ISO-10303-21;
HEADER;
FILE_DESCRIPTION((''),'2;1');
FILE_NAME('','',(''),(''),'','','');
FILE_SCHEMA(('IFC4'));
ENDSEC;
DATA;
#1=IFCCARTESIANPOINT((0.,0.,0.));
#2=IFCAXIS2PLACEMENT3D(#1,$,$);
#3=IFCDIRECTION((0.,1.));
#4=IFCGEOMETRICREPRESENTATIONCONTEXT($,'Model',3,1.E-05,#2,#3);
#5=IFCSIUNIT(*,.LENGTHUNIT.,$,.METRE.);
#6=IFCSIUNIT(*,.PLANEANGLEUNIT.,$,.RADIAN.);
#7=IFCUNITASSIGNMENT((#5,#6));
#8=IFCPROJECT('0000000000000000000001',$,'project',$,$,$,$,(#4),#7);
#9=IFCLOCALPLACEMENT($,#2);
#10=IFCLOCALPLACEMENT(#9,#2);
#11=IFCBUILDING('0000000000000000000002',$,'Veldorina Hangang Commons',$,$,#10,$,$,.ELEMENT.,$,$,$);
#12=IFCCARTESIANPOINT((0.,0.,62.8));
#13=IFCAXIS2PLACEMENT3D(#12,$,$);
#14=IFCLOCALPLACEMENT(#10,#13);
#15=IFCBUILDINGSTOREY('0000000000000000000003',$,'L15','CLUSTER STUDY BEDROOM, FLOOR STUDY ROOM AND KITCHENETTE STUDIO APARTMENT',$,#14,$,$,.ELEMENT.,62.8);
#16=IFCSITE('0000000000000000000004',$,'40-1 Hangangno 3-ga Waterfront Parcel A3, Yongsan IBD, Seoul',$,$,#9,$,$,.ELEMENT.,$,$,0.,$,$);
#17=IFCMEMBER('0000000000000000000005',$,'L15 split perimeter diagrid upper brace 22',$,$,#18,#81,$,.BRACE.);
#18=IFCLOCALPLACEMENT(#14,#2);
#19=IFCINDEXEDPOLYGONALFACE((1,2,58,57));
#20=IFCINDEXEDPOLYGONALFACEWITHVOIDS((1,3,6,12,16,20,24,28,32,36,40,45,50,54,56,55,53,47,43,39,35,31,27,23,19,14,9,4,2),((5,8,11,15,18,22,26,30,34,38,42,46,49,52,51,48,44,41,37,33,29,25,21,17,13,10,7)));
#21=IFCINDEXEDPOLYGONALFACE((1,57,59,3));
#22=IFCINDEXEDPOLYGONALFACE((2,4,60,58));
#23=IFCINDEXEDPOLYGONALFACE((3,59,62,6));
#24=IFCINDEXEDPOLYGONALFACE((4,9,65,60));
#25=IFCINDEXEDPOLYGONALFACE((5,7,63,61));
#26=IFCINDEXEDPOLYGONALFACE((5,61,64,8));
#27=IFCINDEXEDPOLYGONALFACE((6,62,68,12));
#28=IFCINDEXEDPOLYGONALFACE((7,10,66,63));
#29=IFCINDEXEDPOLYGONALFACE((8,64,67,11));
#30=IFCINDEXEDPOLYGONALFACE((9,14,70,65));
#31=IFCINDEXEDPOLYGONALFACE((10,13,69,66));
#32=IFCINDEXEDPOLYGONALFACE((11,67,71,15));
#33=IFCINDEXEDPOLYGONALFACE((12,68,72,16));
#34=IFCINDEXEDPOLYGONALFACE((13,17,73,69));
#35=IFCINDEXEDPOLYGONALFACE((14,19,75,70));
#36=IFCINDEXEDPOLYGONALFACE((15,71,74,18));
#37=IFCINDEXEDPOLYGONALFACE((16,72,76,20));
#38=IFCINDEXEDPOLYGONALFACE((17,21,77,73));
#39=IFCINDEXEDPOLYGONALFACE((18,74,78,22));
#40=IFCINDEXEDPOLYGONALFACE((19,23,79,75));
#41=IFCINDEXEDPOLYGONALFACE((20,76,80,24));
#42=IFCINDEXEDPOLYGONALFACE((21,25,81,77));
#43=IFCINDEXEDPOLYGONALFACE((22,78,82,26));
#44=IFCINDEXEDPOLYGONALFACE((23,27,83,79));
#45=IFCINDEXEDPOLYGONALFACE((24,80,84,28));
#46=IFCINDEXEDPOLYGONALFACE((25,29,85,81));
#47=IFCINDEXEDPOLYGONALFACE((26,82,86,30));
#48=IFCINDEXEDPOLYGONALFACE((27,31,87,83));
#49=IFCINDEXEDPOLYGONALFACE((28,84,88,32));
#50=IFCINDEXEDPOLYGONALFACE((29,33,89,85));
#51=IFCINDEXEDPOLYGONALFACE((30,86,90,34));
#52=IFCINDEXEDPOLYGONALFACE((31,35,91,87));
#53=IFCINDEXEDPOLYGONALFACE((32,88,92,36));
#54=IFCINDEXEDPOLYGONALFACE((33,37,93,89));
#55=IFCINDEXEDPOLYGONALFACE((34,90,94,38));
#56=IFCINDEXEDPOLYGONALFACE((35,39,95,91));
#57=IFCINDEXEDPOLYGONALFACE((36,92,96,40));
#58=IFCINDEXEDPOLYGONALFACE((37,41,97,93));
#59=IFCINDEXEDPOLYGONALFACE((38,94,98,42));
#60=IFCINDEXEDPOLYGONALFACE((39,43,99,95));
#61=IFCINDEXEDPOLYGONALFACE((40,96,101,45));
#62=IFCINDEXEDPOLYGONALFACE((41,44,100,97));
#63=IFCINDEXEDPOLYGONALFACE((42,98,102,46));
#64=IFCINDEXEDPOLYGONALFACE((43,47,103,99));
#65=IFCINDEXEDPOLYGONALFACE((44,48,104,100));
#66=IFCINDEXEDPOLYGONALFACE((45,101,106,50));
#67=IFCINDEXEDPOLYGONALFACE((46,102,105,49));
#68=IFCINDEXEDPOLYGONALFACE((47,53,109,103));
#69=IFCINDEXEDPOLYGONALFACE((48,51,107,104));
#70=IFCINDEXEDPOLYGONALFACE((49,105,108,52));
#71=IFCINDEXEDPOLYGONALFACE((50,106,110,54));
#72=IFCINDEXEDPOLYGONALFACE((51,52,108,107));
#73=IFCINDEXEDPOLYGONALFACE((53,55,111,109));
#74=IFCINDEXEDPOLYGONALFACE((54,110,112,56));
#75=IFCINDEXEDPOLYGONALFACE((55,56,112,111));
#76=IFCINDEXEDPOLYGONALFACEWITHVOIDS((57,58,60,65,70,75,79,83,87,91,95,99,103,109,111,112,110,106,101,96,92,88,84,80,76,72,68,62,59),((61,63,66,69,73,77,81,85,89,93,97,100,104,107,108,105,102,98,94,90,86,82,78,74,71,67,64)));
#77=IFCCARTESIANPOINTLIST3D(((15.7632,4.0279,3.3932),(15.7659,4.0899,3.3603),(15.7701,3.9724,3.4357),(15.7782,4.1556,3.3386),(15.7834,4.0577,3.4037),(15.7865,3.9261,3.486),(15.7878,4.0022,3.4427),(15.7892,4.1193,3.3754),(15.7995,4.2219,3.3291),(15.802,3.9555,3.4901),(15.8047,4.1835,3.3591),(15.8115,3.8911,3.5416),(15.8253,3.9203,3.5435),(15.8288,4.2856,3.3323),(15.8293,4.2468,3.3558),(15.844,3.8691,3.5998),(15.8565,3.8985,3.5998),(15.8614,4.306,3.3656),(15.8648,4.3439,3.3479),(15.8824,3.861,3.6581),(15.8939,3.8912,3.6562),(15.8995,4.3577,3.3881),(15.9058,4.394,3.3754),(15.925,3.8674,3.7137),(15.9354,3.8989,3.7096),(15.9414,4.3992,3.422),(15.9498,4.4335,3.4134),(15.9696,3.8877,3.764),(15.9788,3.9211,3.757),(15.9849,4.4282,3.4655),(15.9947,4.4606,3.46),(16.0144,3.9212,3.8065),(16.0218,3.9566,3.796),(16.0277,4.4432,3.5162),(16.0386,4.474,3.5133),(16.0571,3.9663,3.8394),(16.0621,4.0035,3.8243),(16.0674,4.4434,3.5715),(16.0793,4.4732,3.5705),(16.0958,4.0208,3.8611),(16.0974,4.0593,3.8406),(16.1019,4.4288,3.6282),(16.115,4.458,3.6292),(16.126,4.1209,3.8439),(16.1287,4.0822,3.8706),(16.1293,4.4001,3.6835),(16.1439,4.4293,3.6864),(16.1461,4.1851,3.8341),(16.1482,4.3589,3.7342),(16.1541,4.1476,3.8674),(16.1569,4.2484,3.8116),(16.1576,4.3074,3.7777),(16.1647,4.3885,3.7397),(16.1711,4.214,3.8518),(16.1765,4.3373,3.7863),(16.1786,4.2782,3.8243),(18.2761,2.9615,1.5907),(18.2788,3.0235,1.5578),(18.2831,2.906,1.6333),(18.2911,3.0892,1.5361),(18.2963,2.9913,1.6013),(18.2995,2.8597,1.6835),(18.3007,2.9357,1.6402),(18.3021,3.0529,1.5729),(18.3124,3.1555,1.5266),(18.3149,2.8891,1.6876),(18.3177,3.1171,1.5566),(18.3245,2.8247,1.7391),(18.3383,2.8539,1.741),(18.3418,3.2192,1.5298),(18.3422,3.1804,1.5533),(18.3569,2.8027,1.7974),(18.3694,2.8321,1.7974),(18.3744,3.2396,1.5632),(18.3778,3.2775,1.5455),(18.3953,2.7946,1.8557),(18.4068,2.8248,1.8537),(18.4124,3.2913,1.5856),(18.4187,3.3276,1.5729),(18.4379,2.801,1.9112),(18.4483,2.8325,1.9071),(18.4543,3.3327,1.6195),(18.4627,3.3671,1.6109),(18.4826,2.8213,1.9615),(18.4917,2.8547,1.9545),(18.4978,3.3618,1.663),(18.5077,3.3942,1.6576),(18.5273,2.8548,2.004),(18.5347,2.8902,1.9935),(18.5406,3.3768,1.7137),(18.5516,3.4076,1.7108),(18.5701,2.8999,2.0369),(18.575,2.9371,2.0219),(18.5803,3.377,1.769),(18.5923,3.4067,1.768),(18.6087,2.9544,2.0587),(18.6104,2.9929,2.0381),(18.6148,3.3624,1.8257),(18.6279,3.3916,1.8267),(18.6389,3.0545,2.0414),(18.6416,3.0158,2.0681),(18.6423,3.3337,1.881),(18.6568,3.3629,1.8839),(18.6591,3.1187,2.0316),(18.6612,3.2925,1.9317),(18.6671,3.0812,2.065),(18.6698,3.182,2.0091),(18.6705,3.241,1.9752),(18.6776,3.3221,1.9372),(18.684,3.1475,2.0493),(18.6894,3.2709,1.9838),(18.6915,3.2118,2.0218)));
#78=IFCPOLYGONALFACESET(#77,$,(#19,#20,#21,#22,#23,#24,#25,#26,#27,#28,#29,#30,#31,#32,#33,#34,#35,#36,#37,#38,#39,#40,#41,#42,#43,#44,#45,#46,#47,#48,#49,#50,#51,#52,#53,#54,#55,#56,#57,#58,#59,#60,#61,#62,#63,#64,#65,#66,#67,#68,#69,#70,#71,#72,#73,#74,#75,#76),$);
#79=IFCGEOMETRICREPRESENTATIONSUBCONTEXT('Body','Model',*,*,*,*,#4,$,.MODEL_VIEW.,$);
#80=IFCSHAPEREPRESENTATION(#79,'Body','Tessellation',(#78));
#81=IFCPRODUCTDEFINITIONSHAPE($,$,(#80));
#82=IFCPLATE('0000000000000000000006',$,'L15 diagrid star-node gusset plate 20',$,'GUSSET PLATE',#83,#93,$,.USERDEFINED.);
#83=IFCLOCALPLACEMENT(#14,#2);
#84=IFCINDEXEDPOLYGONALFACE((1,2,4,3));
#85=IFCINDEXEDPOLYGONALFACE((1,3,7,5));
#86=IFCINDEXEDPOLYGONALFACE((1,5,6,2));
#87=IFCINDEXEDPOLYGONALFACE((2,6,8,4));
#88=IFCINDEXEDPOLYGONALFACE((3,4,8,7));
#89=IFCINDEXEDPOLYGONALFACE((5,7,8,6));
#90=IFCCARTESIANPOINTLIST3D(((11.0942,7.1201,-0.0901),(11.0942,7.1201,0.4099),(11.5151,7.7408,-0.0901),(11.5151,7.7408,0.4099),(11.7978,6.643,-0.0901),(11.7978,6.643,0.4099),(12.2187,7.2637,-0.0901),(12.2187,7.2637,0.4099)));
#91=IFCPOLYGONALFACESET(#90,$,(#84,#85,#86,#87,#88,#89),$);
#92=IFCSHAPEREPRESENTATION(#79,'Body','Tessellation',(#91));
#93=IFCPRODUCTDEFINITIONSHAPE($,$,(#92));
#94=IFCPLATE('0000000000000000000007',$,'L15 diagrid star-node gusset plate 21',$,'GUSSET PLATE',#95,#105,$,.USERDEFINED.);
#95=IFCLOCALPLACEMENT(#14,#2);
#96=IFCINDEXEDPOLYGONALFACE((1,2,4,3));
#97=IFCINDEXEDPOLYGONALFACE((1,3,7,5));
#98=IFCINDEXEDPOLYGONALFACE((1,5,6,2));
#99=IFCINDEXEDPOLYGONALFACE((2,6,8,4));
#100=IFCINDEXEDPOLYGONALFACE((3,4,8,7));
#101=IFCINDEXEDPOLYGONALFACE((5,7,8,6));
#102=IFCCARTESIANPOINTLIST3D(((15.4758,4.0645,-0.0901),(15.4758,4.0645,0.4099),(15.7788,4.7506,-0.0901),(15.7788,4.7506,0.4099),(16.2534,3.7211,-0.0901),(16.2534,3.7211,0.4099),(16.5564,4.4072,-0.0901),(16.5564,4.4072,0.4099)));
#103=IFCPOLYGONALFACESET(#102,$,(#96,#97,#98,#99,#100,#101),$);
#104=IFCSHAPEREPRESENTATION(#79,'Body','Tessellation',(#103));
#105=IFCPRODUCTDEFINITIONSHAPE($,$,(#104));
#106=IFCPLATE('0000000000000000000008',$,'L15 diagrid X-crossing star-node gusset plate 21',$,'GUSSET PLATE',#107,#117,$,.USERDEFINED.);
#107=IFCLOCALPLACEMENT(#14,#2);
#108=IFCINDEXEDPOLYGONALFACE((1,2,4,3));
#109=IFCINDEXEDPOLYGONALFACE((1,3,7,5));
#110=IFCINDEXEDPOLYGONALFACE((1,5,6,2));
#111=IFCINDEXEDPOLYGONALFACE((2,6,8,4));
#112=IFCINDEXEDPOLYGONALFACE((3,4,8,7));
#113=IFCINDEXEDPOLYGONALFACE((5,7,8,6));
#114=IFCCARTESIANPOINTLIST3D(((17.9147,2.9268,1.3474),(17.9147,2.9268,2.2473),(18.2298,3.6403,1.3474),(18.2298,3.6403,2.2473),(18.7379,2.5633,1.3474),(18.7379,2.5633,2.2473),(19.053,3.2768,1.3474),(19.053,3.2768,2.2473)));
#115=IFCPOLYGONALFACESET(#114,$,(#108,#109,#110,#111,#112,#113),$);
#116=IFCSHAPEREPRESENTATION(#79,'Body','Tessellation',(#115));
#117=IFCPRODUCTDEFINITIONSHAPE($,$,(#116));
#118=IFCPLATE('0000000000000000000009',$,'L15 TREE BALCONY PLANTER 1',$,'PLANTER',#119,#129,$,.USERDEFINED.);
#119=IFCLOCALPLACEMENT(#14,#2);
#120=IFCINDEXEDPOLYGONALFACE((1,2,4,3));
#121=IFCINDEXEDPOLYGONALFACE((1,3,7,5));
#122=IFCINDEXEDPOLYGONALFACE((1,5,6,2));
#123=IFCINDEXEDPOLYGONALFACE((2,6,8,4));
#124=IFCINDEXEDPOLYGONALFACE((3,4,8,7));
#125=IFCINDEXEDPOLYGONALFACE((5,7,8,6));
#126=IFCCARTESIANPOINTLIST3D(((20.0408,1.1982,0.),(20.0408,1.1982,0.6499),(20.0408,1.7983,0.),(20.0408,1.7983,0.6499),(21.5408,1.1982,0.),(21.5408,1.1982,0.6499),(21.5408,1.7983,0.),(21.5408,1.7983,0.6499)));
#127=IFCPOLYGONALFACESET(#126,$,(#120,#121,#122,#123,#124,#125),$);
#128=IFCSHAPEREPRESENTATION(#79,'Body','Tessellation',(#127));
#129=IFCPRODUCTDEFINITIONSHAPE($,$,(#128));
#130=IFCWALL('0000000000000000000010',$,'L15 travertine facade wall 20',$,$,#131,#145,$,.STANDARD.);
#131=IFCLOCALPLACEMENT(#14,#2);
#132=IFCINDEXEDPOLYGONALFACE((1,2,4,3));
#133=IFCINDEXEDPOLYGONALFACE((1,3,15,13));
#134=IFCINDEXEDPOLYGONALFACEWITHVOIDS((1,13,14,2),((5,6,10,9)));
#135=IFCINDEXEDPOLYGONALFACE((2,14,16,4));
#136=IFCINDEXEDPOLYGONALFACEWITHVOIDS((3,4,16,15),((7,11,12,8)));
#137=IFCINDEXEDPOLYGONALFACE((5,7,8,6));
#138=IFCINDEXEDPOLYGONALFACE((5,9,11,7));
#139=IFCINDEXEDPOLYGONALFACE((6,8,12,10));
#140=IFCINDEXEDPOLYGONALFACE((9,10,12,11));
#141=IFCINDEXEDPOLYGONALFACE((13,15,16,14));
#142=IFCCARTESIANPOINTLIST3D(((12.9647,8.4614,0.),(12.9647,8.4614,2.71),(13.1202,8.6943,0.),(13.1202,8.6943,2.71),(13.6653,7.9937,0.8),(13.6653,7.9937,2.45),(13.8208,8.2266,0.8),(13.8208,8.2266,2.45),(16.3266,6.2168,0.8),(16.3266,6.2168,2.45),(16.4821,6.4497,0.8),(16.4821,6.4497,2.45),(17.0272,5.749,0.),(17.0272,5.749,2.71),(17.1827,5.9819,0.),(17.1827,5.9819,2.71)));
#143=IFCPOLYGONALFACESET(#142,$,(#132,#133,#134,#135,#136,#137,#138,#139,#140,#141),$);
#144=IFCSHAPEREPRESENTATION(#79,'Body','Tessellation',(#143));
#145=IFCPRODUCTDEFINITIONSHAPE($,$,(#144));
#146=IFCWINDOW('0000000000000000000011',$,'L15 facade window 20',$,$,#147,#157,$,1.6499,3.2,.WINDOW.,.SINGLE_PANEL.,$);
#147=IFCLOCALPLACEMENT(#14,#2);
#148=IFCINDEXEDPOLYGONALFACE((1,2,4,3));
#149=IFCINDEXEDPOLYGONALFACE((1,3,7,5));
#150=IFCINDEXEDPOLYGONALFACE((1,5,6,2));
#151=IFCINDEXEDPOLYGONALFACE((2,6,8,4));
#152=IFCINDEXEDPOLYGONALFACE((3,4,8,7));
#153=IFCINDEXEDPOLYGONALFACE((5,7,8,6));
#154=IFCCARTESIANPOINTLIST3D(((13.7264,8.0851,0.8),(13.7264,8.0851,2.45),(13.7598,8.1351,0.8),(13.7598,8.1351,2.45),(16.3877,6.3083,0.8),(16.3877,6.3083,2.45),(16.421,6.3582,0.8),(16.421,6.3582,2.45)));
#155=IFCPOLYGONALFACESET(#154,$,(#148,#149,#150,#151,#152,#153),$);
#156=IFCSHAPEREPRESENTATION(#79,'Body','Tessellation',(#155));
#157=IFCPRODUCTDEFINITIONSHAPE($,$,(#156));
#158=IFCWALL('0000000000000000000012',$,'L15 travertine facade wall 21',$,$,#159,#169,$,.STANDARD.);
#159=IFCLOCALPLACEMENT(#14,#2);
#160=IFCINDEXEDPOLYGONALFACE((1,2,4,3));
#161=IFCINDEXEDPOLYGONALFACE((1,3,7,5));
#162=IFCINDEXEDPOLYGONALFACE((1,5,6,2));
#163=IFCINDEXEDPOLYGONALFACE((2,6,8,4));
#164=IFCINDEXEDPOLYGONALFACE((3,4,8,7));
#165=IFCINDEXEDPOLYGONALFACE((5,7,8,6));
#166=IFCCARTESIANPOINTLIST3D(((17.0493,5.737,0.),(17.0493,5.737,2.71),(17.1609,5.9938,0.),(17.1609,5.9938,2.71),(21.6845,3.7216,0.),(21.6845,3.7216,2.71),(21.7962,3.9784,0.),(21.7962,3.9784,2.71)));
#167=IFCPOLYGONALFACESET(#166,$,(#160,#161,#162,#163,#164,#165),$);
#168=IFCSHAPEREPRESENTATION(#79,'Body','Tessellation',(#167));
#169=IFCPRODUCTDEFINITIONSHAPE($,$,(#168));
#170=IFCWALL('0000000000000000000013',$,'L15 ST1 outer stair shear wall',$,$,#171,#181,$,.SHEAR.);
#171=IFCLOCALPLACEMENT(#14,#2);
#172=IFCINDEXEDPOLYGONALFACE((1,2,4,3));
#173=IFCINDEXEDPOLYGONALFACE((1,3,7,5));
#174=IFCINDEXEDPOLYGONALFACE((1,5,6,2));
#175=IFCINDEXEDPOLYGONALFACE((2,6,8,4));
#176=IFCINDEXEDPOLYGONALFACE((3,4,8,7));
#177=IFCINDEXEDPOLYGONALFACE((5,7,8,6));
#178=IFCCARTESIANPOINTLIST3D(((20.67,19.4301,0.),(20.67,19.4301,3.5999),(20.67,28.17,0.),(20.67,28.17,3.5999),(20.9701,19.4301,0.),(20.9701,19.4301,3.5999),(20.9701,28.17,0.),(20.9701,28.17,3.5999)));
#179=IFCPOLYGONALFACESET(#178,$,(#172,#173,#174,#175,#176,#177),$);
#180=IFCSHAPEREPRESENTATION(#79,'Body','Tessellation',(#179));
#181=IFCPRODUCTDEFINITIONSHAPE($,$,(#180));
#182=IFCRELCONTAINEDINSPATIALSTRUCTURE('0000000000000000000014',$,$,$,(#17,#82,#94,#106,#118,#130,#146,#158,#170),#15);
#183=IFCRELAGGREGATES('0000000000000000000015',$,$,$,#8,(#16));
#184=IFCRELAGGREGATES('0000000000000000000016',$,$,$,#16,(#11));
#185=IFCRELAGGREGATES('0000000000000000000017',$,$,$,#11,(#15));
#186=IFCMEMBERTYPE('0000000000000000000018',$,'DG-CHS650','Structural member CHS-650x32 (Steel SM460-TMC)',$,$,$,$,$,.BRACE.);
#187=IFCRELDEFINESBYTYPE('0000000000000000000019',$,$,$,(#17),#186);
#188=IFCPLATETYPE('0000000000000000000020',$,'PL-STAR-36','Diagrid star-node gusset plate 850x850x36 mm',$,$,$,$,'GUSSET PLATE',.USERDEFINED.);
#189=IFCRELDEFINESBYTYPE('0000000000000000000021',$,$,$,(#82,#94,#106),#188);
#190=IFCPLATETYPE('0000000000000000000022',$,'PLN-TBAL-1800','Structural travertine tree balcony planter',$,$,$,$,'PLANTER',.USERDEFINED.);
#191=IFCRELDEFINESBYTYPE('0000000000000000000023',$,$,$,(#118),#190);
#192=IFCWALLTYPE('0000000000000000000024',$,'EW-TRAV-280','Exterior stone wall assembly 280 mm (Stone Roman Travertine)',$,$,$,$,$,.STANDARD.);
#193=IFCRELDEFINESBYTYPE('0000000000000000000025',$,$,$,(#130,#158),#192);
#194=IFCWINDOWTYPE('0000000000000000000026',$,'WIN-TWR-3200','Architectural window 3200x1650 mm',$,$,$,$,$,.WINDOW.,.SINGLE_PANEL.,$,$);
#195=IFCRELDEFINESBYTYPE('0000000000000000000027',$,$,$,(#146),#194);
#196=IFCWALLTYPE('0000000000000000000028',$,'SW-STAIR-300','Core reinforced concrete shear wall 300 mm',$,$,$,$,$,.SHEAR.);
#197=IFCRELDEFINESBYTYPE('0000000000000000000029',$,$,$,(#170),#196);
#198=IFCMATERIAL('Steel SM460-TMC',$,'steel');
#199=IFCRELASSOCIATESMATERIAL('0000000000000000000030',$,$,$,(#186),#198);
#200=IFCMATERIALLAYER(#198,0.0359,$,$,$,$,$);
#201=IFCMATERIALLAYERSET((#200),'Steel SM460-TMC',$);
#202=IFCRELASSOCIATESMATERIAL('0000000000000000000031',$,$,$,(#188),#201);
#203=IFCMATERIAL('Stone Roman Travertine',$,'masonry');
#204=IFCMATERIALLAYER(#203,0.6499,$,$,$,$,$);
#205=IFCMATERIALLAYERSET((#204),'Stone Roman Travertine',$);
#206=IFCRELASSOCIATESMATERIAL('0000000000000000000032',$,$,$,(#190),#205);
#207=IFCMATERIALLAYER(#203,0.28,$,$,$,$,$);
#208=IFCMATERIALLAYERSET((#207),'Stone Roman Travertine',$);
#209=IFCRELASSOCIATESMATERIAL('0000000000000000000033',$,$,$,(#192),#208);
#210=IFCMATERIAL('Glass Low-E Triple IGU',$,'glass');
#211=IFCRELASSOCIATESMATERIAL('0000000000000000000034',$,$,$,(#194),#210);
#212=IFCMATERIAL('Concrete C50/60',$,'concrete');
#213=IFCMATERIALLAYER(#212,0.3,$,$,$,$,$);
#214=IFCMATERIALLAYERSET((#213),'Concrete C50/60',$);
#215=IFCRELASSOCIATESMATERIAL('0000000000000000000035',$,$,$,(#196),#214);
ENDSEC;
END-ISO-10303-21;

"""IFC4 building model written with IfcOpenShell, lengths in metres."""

from ifc_helpers import new_model, si_unit, direction, frame, frame_2d, origin, origin_2d, place, context, subcontext, project, spatial, rectangle, hollow_circle, extrude, material, layer, layer_set, material_profile, profile_set, type_object, element, fill, save


model = new_model("IFC4")

# Units and contexts
model_context = context("Model", 3, precision=1e-05, world=origin(), true_north=direction((0.0, 1.0)))
body_context = subcontext(model_context, "Body", "Model", "MODEL_VIEW")
ifc_project = project(units=[si_unit("LENGTHUNIT", "METRE"), si_unit("PLANEANGLEUNIT", "RADIAN")], contexts=[model_context])

# Site, building, storey
site_placement = place(None, origin())
site = spatial("IfcSite", under=ifc_project, at=site_placement, Name="40-1 Hangangno 3-ga Waterfront Parcel A3, Yongsan IBD, Seoul", CompositionType="ELEMENT", RefElevation=0.0)
building_placement = place(site_placement, origin())
building = spatial("IfcBuilding", under=site, at=building_placement, Name="Veldorina Hangang Commons", CompositionType="ELEMENT")
storey_placement = place(building_placement, frame((0.0, 0.0, 62.8)))
storey = spatial("IfcBuildingStorey", under=building, at=storey_placement, Name="L15", Description="CLUSTER STUDY BEDROOM, FLOOR STUDY ROOM AND KITCHENETTE STUDIO APARTMENT", CompositionType="ELEMENT", Elevation=62.8)

# Member
ifc_material_1 = material(Name="Steel SM460-TMC", Category="steel")
ifc_material_profile_1 = material_profile(ifc_material_1, hollow_circle(Radius=0.325, WallThickness=0.032, at=origin_2d()), Name="CHS-650x32")
ifc_profile_set_1 = profile_set([ifc_material_profile_1], Name="Steel SM460-TMC")
member_type = type_object("IfcMemberType", Name="DG-CHS650", Description="Structural member CHS-650x32 (Steel SM460-TMC)", PredefinedType="BRACE", material=ifc_profile_set_1)
member_1_placement = place(storey_placement, frame((18.4839, 3.1018, 1.7974), z_axis=(-0.76819, 0.325994, 0.55101), x_axis=(-0.390646, -0.920541, 0.0)))
element("IfcMember", 1, at=member_1_placement, inside=storey, type_object=member_type, Name="L15 split perimeter diagrid upper brace 22", PredefinedType="BRACE", context=body_context, shape_type="SweptSolid", body=[
    extrude(hollow_circle(Radius=0.325, WallThickness=0.032, at=origin_2d()), origin(), (0.0, 0.0, 1.0), 3.2712),
])

# Plates
ifc_layer_1 = layer(ifc_material_1, 0.0359)
ifc_layer_set_1 = layer_set([ifc_layer_1], Name="Steel SM460-TMC")
plate_type_1 = type_object("IfcPlateType", Name="PL-STAR-36", Description="Diagrid star-node gusset plate 850x850x36 mm", ElementType="GUSSET PLATE", PredefinedType="USERDEFINED", material=ifc_layer_set_1)
for number, where, z_axis, x_axis, name in (
    (2, (11.6565, 7.1919, -0.0901), (0.0, 0.0, 1.0), (0.827679, -0.561203, 0.0), "L15 diagrid star-node gusset plate 20"),
    (3, (16.0161, 4.2358, -0.0901), (0.0, 0.0, 1.0), (0.914769, -0.403976, 0.0), "L15 diagrid star-node gusset plate 21"),
):
    element("IfcPlate", number, at=place(storey_placement, frame(where, z_axis=z_axis, x_axis=x_axis)), inside=storey, type_object=plate_type_1, Name=name, ObjectType="GUSSET PLATE", PredefinedType="USERDEFINED", context=body_context, shape_type="SweptSolid", body=[
        extrude(rectangle(XDim=0.8501, YDim=0.75, at=origin_2d()), origin(), (0.0, 0.0, 1.0), 0.5),
    ])
plate_1_placement = place(storey_placement, frame((18.4839, 3.1018, 1.3474), z_axis=(0.0, 0.0, 1.0), x_axis=(0.914769, -0.403976, 0.0)))
element("IfcPlate", 4, at=plate_1_placement, inside=storey, type_object=plate_type_1, Name="L15 diagrid X-crossing star-node gusset plate 21", ObjectType="GUSSET PLATE", PredefinedType="USERDEFINED", context=body_context, shape_type="SweptSolid", body=[
    extrude(rectangle(XDim=0.8999, YDim=0.78, at=origin_2d()), origin(), (0.0, 0.0, 1.0), 0.8999),
])
ifc_material_2 = material(Name="Stone Roman Travertine", Category="masonry")
ifc_layer_2 = layer(ifc_material_2, 0.6499)
ifc_layer_set_2 = layer_set([ifc_layer_2], Name="Stone Roman Travertine")
plate_type_2 = type_object("IfcPlateType", Name="PLN-TBAL-1800", Description="Structural travertine tree balcony planter", ElementType="PLANTER", PredefinedType="USERDEFINED", material=ifc_layer_set_2)
plate_2_placement = place(storey_placement, frame((20.7908, 1.4983, 0.0), z_axis=(0.0, 0.0, 1.0), x_axis=(1.0, 0.0, 0.0)))
element("IfcPlate", 5, at=plate_2_placement, inside=storey, type_object=plate_type_2, Name="L15 TREE BALCONY PLANTER 1", ObjectType="PLANTER", PredefinedType="USERDEFINED", context=body_context, shape_type="SweptSolid", body=[
    extrude(rectangle(XDim=1.5, YDim=0.6001, at=origin_2d()), origin(), (0.0, 0.0, 1.0), 0.6499),
])

# Wall, opening, window
ifc_layer_3 = layer(ifc_material_2, 0.28)
ifc_layer_set_3 = layer_set([ifc_layer_3], Name="Stone Roman Travertine")
wall_type_1 = type_object("IfcWallType", Name="EW-TRAV-280", Description="Exterior stone wall assembly 280 mm (Stone Roman Travertine)", PredefinedType="STANDARD", material=ifc_layer_set_3)
wall_1_placement = place(storey_placement, frame((13.0425, 8.5779, 0.0), z_axis=(0.0, 0.0, 1.0), x_axis=(0.831666, -0.555277, 0.0)))
wall_1 = element("IfcWall", 6, at=wall_1_placement, inside=storey, type_object=wall_type_1, Name="L15 travertine facade wall 20", PredefinedType="STANDARD", context=body_context, shape_type="SweptSolid", body=[
    extrude(rectangle(XDim=4.8848, YDim=0.28, at=frame_2d((2.4424, 0.0))), origin(), (0.0, 0.0, 1.0), 2.71),
])
opening_1_placement = place(wall_1_placement, frame((0.8423, 0.0, 0.8)))
opening_1 = element("IfcOpeningElement", 7, at=opening_1_placement, cuts=wall_1, PredefinedType="OPENING", context=body_context, shape_type="SweptSolid", body=[
    extrude(rectangle(XDim=3.2, YDim=1.6499, at=frame_2d((1.6001, 0.825))), frame((0.0, 0.1499, 0.0), z_axis=(0.0, -1.0, 0.0), x_axis=(1.0, 0.0, 0.0)), (0.0, 0.0, 1.0), 0.3),
])
ifc_material_3 = material(Name="Glass Low-E Triple IGU", Category="glass")
window_type = type_object("IfcWindowType", Name="WIN-TWR-3200", Description="Architectural window 3200x1650 mm", PartitioningType="SINGLE_PANEL", PredefinedType="WINDOW", material=ifc_material_3)
window_placement = place(opening_1_placement, origin())
window = element("IfcWindow", 8, at=window_placement, inside=storey, type_object=window_type, Name="L15 facade window 20", OverallHeight=1.6499, OverallWidth=3.2, PartitioningType="SINGLE_PANEL", PredefinedType="WINDOW", context=body_context, shape_type="SweptSolid", body=[
    extrude(rectangle(XDim=3.2, YDim=1.6499, at=frame_2d((1.6001, 0.825))), frame((0.0, 0.03, 0.0), z_axis=(0.0, -1.0, 0.0), x_axis=(1.0, 0.0, 0.0)), (0.0, 0.0, 1.0), 0.0601),
])
fill(opening_1, window)

# Walls
wall_2_placement = place(storey_placement, frame((17.105, 5.8655, 0.0), z_axis=(0.0, 0.0, 1.0), x_axis=(0.917066, -0.398735, 0.0)))
element("IfcWall", 9, at=wall_2_placement, inside=storey, type_object=wall_type_1, Name="L15 travertine facade wall 21", PredefinedType="STANDARD", context=body_context, shape_type="SweptSolid", body=[
    extrude(rectangle(XDim=5.0544, YDim=0.28, at=frame_2d((2.5273, 0.0))), origin(), (0.0, 0.0, 1.0), 2.71),
])
ifc_material_4 = material(Name="Concrete C50/60", Category="concrete")
ifc_layer_4 = layer(ifc_material_4, 0.3)
ifc_layer_set_4 = layer_set([ifc_layer_4], Name="Concrete C50/60")
wall_type_2 = type_object("IfcWallType", Name="SW-STAIR-300", Description="Core reinforced concrete shear wall 300 mm", PredefinedType="SHEAR", material=ifc_layer_set_4)
wall_3_placement = place(storey_placement, frame((20.8201, 19.4299, 0.0), z_axis=(0.0, 0.0, 1.0), x_axis=(0.0, 1.0, 0.0)))
element("IfcWall", 10, at=wall_3_placement, inside=storey, type_object=wall_type_2, Name="L15 ST1 outer stair shear wall", PredefinedType="SHEAR", context=body_context, shape_type="SweptSolid", body=[
    extrude(rectangle(XDim=8.74, YDim=0.3, at=frame_2d((4.3701, 0.0))), origin(), (0.0, 0.0, 1.0), 3.5999),
])

save(model, "model.ifc")
